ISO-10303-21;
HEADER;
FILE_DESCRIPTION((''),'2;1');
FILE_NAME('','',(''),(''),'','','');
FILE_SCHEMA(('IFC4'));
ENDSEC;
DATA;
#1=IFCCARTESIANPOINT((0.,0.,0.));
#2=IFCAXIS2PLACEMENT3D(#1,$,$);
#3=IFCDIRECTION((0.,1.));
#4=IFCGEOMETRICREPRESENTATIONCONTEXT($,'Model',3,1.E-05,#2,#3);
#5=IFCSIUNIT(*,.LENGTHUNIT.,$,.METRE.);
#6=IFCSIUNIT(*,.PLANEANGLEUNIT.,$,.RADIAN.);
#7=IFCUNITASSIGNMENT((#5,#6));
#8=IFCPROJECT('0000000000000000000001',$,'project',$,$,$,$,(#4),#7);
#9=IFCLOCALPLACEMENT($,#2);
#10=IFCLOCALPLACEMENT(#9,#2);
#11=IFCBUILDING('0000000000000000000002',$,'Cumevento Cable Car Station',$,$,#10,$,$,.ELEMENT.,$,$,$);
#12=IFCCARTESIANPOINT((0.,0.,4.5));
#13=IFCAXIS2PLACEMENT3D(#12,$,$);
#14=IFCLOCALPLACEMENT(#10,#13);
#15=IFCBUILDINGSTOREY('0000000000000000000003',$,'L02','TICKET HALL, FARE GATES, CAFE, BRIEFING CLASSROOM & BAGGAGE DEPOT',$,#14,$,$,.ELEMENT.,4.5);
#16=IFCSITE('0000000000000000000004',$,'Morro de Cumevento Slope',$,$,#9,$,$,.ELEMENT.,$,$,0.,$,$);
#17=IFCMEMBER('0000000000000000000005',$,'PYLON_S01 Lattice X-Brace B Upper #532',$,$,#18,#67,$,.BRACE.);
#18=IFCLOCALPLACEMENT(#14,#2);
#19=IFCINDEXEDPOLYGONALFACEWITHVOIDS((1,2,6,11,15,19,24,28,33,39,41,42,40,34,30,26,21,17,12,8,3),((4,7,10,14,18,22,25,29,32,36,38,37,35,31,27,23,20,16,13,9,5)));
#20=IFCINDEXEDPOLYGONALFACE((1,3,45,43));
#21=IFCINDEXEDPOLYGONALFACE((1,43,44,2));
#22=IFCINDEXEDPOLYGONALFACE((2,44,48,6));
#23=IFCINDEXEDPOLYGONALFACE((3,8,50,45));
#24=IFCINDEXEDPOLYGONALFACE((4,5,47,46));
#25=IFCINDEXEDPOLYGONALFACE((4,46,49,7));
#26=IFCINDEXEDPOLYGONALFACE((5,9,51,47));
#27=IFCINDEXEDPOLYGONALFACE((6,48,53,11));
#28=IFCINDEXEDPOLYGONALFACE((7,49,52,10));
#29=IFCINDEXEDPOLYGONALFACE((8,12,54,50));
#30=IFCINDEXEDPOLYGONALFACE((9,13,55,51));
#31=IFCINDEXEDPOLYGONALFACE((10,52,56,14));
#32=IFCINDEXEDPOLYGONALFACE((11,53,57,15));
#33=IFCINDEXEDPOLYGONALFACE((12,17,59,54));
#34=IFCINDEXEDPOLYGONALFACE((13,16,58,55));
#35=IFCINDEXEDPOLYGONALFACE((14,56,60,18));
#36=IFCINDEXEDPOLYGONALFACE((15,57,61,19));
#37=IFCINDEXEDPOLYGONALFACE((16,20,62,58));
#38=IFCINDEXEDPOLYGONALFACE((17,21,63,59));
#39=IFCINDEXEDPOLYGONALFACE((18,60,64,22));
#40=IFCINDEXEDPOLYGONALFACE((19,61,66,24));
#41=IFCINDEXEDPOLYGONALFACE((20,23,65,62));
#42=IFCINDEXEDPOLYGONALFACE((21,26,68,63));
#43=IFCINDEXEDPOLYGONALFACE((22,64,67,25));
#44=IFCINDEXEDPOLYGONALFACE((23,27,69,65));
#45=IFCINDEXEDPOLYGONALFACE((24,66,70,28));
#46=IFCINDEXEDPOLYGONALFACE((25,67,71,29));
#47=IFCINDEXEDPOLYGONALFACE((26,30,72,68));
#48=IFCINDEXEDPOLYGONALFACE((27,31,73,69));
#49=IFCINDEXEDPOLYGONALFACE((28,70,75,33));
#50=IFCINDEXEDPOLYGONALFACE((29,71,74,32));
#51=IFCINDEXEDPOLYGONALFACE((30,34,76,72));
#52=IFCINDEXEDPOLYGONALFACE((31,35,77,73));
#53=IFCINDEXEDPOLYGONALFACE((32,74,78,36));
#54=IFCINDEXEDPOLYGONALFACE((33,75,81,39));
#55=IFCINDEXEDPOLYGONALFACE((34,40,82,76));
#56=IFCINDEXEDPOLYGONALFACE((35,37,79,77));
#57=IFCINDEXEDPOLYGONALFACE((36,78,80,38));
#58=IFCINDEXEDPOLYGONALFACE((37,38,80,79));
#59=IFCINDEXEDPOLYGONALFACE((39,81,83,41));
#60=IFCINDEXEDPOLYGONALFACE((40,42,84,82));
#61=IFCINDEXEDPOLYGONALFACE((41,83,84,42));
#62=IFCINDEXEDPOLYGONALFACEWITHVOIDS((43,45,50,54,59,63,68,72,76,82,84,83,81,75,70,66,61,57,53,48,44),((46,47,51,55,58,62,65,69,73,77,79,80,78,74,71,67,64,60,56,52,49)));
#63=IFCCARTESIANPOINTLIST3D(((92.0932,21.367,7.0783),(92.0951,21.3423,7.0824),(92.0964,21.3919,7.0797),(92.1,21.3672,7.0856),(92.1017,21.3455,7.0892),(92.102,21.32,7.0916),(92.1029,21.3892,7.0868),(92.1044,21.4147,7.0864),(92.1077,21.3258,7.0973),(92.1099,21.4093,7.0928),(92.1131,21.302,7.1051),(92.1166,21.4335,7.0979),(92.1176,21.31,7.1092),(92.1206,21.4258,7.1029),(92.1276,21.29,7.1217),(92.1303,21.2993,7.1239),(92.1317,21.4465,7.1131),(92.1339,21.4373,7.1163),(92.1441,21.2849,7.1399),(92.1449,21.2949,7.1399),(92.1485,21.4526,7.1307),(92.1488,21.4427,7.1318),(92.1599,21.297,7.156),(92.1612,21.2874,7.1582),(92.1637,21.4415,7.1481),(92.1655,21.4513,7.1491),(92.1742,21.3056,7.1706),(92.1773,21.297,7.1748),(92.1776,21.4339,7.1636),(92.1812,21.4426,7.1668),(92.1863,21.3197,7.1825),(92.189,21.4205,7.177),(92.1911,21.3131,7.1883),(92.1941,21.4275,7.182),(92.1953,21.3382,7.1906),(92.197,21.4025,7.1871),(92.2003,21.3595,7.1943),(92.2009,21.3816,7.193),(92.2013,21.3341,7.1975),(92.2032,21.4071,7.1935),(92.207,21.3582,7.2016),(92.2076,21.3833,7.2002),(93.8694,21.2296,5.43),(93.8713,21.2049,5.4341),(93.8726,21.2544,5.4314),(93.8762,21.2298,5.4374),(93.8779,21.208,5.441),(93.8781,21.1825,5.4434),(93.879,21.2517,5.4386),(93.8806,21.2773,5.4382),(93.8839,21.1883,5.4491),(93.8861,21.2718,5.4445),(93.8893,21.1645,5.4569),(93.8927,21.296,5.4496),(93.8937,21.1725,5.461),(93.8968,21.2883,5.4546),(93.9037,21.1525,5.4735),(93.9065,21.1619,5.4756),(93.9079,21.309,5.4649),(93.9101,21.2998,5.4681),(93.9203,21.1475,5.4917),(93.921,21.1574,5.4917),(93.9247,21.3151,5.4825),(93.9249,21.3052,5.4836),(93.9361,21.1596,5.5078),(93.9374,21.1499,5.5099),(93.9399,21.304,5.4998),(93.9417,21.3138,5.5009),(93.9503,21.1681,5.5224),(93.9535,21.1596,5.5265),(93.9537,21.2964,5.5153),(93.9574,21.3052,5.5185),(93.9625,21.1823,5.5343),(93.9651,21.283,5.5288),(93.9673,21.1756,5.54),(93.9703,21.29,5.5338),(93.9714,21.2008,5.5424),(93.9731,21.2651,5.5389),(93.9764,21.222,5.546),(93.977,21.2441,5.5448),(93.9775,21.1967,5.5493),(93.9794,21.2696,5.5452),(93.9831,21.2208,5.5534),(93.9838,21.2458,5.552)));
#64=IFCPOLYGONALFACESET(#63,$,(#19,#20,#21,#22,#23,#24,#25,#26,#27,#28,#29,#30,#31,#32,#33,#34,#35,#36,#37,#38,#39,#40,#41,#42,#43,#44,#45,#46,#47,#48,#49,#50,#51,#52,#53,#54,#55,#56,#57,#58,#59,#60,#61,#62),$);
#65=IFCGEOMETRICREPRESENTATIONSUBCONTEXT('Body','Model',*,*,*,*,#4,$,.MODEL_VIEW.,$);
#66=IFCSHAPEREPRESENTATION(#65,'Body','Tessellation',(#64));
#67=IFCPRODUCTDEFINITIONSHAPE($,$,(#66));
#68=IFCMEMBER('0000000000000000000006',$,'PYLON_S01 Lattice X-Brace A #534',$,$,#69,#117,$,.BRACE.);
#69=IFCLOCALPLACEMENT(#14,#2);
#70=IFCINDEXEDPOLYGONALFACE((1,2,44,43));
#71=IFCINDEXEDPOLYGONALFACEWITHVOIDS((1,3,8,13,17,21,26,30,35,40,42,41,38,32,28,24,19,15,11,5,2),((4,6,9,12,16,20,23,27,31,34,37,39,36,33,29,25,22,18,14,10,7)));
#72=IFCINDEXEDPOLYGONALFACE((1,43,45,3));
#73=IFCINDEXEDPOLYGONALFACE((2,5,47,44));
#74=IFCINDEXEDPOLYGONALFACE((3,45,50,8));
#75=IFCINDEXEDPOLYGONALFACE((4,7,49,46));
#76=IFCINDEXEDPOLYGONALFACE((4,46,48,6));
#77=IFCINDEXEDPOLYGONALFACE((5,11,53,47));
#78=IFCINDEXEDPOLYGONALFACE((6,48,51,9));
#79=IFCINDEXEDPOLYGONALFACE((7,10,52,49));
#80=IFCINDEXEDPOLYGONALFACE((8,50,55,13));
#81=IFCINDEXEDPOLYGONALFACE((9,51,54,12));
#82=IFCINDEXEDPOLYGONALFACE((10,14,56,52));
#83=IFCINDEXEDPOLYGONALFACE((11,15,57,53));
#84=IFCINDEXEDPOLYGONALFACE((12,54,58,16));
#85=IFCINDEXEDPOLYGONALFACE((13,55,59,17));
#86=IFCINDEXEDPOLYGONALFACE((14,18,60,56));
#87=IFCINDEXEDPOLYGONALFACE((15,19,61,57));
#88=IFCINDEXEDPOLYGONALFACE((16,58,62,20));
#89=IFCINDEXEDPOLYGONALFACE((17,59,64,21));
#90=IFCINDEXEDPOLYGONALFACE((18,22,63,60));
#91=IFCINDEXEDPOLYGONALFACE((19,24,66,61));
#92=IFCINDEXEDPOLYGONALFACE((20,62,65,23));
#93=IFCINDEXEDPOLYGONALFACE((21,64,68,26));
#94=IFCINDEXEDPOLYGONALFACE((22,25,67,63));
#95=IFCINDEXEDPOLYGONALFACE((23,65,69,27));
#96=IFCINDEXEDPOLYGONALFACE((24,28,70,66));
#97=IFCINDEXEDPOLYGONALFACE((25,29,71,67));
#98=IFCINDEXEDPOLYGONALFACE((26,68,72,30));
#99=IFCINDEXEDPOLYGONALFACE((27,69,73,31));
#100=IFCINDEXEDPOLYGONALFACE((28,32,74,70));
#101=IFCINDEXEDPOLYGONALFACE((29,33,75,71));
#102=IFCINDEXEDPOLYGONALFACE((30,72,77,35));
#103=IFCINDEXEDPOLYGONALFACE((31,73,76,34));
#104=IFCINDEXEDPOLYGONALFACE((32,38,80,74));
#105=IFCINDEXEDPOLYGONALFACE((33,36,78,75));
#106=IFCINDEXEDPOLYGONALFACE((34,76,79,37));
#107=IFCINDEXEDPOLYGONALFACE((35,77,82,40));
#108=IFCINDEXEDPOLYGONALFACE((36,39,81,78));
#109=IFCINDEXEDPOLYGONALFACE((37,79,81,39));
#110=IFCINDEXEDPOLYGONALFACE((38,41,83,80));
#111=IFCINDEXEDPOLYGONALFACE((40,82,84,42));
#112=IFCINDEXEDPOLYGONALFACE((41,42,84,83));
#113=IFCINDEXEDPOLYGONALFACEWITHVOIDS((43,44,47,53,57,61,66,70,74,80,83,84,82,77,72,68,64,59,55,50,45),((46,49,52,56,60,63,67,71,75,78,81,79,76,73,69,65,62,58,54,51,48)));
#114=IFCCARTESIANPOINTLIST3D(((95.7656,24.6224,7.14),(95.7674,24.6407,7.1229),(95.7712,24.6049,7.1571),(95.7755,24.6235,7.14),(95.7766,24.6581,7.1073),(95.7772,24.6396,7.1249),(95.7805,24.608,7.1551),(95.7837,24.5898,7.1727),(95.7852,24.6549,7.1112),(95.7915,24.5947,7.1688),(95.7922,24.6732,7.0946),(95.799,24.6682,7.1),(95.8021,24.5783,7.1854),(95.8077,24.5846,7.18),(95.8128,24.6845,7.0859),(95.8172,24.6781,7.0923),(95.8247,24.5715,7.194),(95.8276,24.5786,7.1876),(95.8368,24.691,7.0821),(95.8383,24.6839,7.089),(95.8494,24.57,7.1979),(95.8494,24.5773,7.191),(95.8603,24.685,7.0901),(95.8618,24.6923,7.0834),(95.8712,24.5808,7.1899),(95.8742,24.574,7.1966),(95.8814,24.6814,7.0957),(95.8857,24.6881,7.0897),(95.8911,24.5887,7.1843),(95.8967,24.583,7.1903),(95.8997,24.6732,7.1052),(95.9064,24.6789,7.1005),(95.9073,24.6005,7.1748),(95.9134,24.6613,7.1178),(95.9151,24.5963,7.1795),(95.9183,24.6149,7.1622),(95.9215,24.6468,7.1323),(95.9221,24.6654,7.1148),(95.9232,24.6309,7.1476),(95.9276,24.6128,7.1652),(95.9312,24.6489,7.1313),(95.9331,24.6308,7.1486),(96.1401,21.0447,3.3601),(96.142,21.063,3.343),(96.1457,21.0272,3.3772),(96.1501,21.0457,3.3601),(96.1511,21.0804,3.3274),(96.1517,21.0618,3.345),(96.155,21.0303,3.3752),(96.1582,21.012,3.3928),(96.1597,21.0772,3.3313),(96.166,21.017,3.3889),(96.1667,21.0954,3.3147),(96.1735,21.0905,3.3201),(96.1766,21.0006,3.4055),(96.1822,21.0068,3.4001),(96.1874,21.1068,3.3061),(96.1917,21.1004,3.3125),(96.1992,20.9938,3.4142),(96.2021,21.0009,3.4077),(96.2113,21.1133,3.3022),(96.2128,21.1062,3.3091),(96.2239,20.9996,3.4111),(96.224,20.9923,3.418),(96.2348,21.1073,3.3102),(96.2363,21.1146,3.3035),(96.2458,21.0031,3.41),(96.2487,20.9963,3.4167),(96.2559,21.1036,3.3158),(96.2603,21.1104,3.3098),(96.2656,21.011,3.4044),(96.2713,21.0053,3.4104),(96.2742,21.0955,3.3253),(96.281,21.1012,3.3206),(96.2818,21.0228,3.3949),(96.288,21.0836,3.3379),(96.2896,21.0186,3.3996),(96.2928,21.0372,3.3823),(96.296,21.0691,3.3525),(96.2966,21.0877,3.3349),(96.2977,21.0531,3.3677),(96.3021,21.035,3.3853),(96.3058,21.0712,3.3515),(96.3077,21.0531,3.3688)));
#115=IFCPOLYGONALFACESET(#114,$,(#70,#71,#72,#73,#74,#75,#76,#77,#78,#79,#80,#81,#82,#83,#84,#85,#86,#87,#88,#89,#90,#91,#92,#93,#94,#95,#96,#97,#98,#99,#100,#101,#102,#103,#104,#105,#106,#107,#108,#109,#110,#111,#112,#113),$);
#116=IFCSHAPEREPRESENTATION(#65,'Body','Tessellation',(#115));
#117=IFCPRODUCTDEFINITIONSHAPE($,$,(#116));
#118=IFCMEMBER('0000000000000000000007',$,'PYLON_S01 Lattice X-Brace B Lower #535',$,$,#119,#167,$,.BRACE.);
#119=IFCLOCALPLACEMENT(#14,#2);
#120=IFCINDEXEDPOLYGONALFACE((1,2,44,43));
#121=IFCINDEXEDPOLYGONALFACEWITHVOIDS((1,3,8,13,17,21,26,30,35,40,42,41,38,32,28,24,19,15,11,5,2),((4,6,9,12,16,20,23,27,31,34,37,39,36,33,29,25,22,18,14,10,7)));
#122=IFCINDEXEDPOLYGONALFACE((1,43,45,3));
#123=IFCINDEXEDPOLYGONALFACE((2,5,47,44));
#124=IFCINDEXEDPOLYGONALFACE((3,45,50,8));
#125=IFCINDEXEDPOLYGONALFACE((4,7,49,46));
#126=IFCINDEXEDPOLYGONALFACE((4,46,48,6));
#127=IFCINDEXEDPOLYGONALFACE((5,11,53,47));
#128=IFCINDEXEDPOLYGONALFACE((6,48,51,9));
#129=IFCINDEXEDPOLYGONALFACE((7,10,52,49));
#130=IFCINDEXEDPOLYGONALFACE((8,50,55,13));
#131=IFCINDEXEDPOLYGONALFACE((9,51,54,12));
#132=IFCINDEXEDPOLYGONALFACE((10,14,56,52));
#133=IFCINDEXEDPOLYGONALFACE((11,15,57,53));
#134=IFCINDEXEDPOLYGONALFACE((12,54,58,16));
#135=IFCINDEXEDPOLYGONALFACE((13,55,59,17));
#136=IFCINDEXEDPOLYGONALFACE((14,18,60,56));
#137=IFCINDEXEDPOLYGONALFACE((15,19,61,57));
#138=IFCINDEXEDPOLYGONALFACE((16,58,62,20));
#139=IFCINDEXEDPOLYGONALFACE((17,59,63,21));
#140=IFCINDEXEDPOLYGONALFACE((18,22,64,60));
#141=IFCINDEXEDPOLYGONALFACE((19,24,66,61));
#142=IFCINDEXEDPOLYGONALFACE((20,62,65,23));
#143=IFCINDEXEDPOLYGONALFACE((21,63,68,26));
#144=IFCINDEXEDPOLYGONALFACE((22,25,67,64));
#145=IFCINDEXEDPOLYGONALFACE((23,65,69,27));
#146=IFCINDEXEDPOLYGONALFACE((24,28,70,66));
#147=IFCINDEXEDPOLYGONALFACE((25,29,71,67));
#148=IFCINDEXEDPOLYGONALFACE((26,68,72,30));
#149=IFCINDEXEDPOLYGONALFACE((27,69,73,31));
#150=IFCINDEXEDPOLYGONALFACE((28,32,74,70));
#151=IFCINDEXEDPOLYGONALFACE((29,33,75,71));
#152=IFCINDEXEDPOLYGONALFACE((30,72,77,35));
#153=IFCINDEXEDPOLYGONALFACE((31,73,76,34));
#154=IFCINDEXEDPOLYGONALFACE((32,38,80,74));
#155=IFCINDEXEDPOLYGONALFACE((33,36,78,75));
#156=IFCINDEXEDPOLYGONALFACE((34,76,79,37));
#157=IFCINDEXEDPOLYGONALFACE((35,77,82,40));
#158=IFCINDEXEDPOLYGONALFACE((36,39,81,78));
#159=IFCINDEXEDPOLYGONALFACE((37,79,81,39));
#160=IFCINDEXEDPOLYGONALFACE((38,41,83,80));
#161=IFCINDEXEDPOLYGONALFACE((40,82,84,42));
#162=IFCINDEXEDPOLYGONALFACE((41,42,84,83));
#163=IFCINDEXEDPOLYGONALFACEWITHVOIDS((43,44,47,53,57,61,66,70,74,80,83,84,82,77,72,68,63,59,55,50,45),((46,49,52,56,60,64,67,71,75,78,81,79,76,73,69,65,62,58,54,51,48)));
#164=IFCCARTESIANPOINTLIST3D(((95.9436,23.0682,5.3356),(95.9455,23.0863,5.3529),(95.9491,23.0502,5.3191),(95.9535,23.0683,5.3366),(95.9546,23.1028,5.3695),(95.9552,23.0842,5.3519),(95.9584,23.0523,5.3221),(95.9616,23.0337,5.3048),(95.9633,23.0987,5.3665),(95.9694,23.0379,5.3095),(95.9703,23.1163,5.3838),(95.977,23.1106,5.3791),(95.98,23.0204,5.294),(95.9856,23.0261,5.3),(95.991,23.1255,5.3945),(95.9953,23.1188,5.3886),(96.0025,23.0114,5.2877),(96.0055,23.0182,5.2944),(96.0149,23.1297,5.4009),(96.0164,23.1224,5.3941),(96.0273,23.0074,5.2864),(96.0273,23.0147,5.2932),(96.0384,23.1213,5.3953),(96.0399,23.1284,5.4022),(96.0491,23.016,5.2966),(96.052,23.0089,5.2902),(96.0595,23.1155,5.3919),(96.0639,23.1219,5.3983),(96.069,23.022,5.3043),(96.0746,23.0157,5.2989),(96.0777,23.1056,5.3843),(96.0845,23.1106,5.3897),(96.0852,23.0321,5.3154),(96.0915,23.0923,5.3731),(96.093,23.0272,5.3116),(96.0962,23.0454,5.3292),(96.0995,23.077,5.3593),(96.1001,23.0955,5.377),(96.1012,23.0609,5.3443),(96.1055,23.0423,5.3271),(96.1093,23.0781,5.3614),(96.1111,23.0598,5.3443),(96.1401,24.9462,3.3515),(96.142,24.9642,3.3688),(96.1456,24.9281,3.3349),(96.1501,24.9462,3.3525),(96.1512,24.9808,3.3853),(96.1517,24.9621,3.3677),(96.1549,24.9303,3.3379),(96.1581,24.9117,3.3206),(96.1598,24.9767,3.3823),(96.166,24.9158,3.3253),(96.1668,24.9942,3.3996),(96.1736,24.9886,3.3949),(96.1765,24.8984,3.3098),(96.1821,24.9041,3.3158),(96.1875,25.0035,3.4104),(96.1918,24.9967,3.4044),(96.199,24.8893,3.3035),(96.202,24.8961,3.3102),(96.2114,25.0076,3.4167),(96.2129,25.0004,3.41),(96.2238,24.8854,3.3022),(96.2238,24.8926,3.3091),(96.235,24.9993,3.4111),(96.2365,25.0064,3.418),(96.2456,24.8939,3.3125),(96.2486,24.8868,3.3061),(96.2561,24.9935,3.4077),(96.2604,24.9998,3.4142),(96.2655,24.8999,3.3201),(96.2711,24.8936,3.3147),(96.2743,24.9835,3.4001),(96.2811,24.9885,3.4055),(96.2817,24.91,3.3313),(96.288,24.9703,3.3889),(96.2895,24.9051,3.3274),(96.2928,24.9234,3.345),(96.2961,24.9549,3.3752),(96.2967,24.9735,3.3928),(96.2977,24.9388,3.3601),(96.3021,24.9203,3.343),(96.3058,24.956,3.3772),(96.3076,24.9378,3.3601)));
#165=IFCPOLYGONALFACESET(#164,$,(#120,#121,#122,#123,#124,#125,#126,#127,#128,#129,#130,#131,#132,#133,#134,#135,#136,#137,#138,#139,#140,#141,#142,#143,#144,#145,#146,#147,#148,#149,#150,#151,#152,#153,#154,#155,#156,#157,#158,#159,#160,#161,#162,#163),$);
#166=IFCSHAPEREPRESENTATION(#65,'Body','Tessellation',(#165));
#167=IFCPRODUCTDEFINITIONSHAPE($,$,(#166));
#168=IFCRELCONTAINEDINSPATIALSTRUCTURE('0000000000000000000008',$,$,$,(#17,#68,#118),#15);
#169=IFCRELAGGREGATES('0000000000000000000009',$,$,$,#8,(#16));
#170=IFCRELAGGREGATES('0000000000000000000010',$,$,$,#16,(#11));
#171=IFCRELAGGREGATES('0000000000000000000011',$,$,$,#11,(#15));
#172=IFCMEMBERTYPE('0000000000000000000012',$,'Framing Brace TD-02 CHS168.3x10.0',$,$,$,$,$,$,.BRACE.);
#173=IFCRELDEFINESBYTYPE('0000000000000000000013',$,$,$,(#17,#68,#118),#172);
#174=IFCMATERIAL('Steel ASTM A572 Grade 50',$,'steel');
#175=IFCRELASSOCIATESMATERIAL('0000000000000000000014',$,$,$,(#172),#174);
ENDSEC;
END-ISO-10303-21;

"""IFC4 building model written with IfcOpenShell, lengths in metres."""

from ifc_helpers import new_model, si_unit, direction, frame, origin, origin_2d, place, context, subcontext, project, spatial, hollow_circle, extrude, material, material_profile, profile_set, type_object, element, save


model = new_model("IFC4")

# Units and contexts
model_context = context("Model", 3, precision=1e-05, world=origin(), true_north=direction((0.0, 1.0)))
body_context = subcontext(model_context, "Body", "Model", "MODEL_VIEW")
ifc_project = project(units=[si_unit("LENGTHUNIT", "METRE"), si_unit("PLANEANGLEUNIT", "RADIAN")], contexts=[model_context])

# Site, building, storey
site_placement = place(None, origin())
site = spatial("IfcSite", under=ifc_project, at=site_placement, Name="Morro de Cumevento Slope", CompositionType="ELEMENT", RefElevation=0.0)
building_placement = place(site_placement, origin())
building = spatial("IfcBuilding", under=site, at=building_placement, Name="Cumevento Cable Car Station", CompositionType="ELEMENT")
storey_placement = place(building_placement, frame((0.0, 0.0, 4.5)))
storey = spatial("IfcBuildingStorey", under=building, at=storey_placement, Name="L02", Description="TICKET HALL, FARE GATES, CAFE, BRIEFING CLASSROOM & BAGGAGE DEPOT", CompositionType="ELEMENT", Elevation=4.5)

# Members
ifc_material_1 = material(Name="Steel ASTM A572 Grade 50", Category="steel")
ifc_material_profile_1 = material_profile(ifc_material_1, hollow_circle(Radius=0.0842, WallThickness=0.01, at=origin_2d()), Name="CHS168.3x10.0")
ifc_profile_set_1 = profile_set([ifc_material_profile_1], Name="Steel ASTM A572 Grade 50")
member_type_1 = type_object("IfcMemberType", Name="Framing Brace TD-02 CHS168.3x10.0", PredefinedType="BRACE", material=ifc_profile_set_1)
member_1_placement = place(storey_placement, frame((93.9268, 21.2314, 5.4917), z_axis=(-0.731836, 0.056636, 0.679124), x_axis=(-0.077158, -0.997019, 0.0)))
element("IfcMember", 1, at=member_1_placement, inside=storey, type_object=member_type_1, Name="PYLON_S01 Lattice X-Brace B Upper #532", PredefinedType="BRACE", context=body_context, shape_type="SweptSolid", body=[
    extrude(hollow_circle(Radius=0.0842, WallThickness=0.01, at=origin_2d()), origin(), (0.0, 0.0, 1.0), 2.427),
])
member_2_placement = place(storey_placement, frame((96.2239, 21.0535, 3.3601), z_axis=(-0.071774, 0.685646, 0.724388), x_axis=(-0.994566, -0.104112, 0.0)))
element("IfcMember", 2, at=member_2_placement, inside=storey, type_object=member_type_1, Name="PYLON_S01 Lattice X-Brace A #534", PredefinedType="BRACE", context=body_context, shape_type="SweptSolid", body=[
    extrude(hollow_circle(Radius=0.0842, WallThickness=0.01, at=origin_2d()), origin(), (0.0, 0.0, 1.0), 5.218),
])
member_3_placement = place(storey_placement, frame((96.2239, 24.9465, 3.3601), z_axis=(-0.071754, -0.685631, 0.724405), x_axis=(0.994568, -0.104086, 0.0)))
element("IfcMember", 3, at=member_3_placement, inside=storey, type_object=member_type_1, Name="PYLON_S01 Lattice X-Brace B Lower #535", PredefinedType="BRACE", context=body_context, shape_type="SweptSolid", body=[
    extrude(hollow_circle(Radius=0.0842, WallThickness=0.01, at=origin_2d()), origin(), (0.0, 0.0, 1.0), 2.739),
])

save(model, "model.ifc")
